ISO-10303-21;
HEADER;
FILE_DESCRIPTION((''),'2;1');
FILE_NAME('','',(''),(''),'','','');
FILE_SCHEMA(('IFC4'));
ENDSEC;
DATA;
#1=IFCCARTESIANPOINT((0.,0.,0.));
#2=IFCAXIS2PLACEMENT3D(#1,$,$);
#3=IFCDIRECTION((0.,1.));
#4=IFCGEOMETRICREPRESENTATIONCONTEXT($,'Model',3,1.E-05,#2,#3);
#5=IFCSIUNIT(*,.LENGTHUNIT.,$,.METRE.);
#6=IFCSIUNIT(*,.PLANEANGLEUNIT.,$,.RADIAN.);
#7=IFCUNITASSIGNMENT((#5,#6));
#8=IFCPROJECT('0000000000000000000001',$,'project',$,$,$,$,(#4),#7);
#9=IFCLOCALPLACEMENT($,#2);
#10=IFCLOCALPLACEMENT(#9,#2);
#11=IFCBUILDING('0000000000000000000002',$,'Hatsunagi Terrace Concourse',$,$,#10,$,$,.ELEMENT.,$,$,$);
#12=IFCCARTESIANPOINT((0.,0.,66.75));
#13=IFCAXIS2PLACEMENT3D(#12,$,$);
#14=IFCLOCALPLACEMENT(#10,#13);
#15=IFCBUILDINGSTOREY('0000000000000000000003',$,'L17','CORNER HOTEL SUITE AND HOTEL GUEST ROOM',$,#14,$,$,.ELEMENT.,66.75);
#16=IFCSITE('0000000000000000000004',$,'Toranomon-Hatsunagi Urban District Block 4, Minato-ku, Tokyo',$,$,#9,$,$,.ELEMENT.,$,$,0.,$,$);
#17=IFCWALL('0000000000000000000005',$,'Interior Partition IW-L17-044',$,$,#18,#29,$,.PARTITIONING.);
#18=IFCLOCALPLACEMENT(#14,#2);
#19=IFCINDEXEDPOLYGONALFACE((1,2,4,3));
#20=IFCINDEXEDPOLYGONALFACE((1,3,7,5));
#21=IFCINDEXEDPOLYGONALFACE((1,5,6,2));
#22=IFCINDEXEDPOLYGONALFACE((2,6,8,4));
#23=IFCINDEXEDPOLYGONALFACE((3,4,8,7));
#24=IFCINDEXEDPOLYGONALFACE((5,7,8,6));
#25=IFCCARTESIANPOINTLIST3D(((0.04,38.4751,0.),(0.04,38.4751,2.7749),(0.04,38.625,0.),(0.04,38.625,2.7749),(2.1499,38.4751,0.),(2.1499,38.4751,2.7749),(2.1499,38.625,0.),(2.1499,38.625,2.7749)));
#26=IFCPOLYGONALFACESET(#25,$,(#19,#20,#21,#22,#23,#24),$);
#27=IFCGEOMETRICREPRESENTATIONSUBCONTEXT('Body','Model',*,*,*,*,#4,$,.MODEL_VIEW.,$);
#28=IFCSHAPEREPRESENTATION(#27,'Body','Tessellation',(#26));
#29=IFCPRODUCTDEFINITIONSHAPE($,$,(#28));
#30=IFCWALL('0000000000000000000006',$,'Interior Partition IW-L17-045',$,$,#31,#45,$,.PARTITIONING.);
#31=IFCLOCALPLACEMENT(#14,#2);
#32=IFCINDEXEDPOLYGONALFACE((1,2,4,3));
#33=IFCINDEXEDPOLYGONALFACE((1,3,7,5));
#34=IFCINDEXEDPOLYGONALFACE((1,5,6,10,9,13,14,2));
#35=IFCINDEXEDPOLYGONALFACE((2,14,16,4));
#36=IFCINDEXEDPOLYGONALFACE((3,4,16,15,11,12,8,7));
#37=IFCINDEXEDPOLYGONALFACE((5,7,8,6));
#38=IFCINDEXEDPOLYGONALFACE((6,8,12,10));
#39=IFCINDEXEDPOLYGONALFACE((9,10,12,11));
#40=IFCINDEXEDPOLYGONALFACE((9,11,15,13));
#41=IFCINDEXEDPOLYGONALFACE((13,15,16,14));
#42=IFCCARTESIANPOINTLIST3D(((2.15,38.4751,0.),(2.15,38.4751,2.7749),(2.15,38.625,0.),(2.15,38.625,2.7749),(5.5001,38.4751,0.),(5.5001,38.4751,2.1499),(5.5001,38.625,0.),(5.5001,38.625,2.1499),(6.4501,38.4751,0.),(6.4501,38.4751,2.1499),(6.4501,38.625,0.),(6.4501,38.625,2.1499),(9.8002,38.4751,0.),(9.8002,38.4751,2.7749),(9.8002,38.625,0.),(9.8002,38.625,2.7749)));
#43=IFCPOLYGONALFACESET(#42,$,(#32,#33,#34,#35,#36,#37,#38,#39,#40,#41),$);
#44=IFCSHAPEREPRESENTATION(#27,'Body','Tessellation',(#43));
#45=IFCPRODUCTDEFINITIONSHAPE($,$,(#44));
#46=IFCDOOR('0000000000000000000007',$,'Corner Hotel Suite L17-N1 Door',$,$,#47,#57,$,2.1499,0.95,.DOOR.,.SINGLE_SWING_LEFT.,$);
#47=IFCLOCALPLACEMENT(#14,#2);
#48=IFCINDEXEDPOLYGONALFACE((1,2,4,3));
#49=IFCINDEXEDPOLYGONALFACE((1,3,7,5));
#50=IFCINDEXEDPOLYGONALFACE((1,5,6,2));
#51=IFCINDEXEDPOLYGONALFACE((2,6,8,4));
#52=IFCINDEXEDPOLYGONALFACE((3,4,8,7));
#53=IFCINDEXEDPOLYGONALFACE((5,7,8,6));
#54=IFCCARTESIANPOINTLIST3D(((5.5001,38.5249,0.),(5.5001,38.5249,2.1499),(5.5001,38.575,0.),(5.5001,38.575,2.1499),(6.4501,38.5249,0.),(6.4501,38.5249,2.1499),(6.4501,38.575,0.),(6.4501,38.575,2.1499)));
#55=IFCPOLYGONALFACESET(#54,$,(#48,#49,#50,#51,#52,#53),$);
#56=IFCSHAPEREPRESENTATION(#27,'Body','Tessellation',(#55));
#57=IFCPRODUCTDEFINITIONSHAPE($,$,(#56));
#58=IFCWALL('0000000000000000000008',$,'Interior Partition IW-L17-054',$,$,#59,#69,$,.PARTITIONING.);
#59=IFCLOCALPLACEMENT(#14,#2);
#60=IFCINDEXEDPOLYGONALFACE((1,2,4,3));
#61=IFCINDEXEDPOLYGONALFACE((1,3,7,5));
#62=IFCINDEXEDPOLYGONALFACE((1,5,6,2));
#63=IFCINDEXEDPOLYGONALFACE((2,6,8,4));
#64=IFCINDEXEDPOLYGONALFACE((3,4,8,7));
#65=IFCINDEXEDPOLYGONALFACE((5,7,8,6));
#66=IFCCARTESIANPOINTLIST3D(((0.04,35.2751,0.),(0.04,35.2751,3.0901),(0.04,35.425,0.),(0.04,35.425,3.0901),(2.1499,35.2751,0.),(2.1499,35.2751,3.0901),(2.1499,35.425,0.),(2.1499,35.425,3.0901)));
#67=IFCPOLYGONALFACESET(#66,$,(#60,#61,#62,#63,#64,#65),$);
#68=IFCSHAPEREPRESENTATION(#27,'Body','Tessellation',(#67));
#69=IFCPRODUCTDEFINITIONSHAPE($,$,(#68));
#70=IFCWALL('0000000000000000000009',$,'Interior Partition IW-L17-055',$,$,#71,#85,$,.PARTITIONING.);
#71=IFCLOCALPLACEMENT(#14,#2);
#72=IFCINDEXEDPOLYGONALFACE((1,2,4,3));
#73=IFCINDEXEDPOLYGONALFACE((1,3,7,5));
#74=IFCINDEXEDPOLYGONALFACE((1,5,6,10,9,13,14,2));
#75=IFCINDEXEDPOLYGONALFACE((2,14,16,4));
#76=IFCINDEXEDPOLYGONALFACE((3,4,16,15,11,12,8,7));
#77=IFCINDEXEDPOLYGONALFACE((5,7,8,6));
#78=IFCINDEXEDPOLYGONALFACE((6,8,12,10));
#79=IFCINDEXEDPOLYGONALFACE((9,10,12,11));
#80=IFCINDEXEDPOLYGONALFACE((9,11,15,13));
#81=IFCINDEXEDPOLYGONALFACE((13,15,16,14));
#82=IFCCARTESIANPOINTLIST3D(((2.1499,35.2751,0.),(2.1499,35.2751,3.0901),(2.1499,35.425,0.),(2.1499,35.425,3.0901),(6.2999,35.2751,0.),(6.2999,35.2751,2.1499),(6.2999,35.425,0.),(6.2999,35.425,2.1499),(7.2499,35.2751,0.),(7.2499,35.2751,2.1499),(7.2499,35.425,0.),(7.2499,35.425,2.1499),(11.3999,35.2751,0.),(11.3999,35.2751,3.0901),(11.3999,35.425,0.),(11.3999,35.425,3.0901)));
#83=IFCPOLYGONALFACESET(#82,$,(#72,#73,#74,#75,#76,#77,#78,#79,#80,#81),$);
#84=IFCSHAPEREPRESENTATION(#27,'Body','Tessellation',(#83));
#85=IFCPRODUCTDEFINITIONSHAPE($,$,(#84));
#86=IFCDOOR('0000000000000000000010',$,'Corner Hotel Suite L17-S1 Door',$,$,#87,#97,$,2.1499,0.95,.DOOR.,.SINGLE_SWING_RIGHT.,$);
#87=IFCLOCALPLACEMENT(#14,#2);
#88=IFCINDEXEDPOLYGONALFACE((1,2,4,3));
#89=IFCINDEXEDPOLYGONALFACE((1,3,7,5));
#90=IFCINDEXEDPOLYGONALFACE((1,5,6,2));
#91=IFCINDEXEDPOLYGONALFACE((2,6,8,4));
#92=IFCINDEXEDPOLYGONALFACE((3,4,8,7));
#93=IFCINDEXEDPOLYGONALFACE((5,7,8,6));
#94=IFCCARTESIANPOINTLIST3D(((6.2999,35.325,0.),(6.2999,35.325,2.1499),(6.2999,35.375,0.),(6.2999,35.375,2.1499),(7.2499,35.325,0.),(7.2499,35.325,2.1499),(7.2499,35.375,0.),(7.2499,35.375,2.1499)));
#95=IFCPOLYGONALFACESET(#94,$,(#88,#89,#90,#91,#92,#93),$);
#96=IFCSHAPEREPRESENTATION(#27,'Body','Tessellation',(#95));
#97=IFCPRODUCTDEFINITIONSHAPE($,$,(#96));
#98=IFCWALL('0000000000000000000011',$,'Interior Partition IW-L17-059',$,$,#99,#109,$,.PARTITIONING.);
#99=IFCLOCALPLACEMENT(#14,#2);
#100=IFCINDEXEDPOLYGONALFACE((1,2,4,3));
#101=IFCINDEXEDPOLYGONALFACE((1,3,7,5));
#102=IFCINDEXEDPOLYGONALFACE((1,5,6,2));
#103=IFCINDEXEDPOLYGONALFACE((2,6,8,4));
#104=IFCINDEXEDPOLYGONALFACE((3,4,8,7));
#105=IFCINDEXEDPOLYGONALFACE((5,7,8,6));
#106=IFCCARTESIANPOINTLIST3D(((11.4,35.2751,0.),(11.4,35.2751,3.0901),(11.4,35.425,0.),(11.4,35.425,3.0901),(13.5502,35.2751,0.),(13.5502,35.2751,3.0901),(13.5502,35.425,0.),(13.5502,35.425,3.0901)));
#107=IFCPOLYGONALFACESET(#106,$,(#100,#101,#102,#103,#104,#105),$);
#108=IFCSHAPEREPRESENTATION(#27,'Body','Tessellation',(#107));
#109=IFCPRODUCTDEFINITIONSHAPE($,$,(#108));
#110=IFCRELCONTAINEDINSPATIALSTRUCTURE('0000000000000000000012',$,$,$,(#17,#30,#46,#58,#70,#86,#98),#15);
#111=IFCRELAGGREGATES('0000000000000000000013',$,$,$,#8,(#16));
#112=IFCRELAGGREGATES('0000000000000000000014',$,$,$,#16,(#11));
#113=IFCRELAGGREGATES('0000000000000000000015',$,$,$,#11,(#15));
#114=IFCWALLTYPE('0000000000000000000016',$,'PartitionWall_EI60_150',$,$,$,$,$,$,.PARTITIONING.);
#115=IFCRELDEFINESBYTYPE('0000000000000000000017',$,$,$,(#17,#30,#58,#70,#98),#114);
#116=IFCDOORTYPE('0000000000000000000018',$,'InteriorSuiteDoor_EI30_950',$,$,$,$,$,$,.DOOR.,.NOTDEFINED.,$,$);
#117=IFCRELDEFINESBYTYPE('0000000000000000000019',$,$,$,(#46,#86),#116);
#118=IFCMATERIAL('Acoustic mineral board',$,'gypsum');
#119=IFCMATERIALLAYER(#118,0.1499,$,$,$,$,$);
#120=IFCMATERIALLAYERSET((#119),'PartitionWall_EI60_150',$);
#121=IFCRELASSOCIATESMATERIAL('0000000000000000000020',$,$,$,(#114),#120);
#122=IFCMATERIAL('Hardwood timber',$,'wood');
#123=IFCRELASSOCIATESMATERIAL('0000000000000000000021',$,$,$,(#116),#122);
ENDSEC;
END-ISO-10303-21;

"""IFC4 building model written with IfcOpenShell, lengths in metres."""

from ifc_helpers import new_model, si_unit, direction, frame, frame_2d, origin, place, context, subcontext, project, spatial, rectangle, extrude, material, layer, layer_set, type_object, element, fill, save


model = new_model("IFC4")

# Units and contexts
model_context = context("Model", 3, precision=1e-05, world=origin(), true_north=direction((0.0, 1.0)))
body_context = subcontext(model_context, "Body", "Model", "MODEL_VIEW")
ifc_project = project(units=[si_unit("LENGTHUNIT", "METRE"), si_unit("PLANEANGLEUNIT", "RADIAN")], contexts=[model_context])

# Site, building, storey
site_placement = place(None, origin())
site = spatial("IfcSite", under=ifc_project, at=site_placement, Name="Toranomon-Hatsunagi Urban District Block 4, Minato-ku, Tokyo", CompositionType="ELEMENT", RefElevation=0.0)
building_placement = place(site_placement, origin())
building = spatial("IfcBuilding", under=site, at=building_placement, Name="Hatsunagi Terrace Concourse", CompositionType="ELEMENT")
storey_placement = place(building_placement, frame((0.0, 0.0, 66.75)))
storey = spatial("IfcBuildingStorey", under=building, at=storey_placement, Name="L17", Description="CORNER HOTEL SUITE AND HOTEL GUEST ROOM", CompositionType="ELEMENT", Elevation=66.75)

# Wall
ifc_material_1 = material(Name="Acoustic mineral board", Category="gypsum")
ifc_layer_1 = layer(ifc_material_1, 0.1499)
ifc_layer_set_1 = layer_set([ifc_layer_1], Name="PartitionWall_EI60_150")
wall_type_1 = type_object("IfcWallType", Name="PartitionWall_EI60_150", PredefinedType="PARTITIONING", material=ifc_layer_set_1)
wall_1_placement = place(storey_placement, frame((0.04, 38.55, 0.0), z_axis=(0.0, 0.0, 1.0), x_axis=(1.0, 0.0, 0.0)))
element("IfcWall", 1, at=wall_1_placement, inside=storey, type_object=wall_type_1, Name="Interior Partition IW-L17-044", PredefinedType="PARTITIONING", context=body_context, shape_type="SweptSolid", body=[
    extrude(rectangle(XDim=2.1099, YDim=0.1499, at=frame_2d((1.0549, 0.0))), origin(), (0.0, 0.0, 1.0), 2.7749),
])

# Wall, opening, door
wall_2_placement = place(storey_placement, frame((2.1499, 38.55, 0.0), z_axis=(0.0, 0.0, 1.0), x_axis=(1.0, 0.0, 0.0)))
wall_2 = element("IfcWall", 2, at=wall_2_placement, inside=storey, type_object=wall_type_1, Name="Interior Partition IW-L17-045", PredefinedType="PARTITIONING", context=body_context, shape_type="SweptSolid", body=[
    extrude(rectangle(XDim=7.6501, YDim=0.1499, at=frame_2d((3.8252, 0.0))), origin(), (0.0, 0.0, 1.0), 2.7749),
])
opening_1_placement = place(wall_2_placement, frame((3.3501, 0.0, 0.0)))
opening_1 = element("IfcOpeningElement", 3, at=opening_1_placement, cuts=wall_2, PredefinedType="OPENING", context=body_context, shape_type="SweptSolid", body=[
    extrude(rectangle(XDim=0.95, YDim=2.1499, at=frame_2d((0.4751, 1.075))), frame((0.0, 0.085, 0.0), z_axis=(0.0, -1.0, 0.0), x_axis=(1.0, 0.0, 0.0)), (0.0, 0.0, 1.0), 0.1699),
])
ifc_material_2 = material(Name="Hardwood timber", Category="wood")
door_type_1 = type_object("IfcDoorType", Name="InteriorSuiteDoor_EI30_950", OperationType="NOTDEFINED", PredefinedType="DOOR", material=ifc_material_2)
door_1_placement = place(opening_1_placement, origin())
door_1 = element("IfcDoor", 4, at=door_1_placement, inside=storey, type_object=door_type_1, Name="Corner Hotel Suite L17-N1 Door", OperationType="SINGLE_SWING_LEFT", OverallHeight=2.1499, OverallWidth=0.95, PredefinedType="DOOR", context=body_context, shape_type="SweptSolid", body=[
    extrude(rectangle(XDim=0.95, YDim=2.1499, at=frame_2d((0.4751, 1.075))), frame((0.0, 0.0249, 0.0), z_axis=(0.0, -1.0, 0.0), x_axis=(1.0, 0.0, 0.0)), (0.0, 0.0, 1.0), 0.05),
])
fill(opening_1, door_1)

# Wall
wall_3_placement = place(storey_placement, frame((0.04, 35.3501, 0.0), z_axis=(0.0, 0.0, 1.0), x_axis=(1.0, 0.0, 0.0)))
element("IfcWall", 5, at=wall_3_placement, inside=storey, type_object=wall_type_1, Name="Interior Partition IW-L17-054", PredefinedType="PARTITIONING", context=body_context, shape_type="SweptSolid", body=[
    extrude(rectangle(XDim=2.1099, YDim=0.1499, at=frame_2d((1.0549, 0.0))), origin(), (0.0, 0.0, 1.0), 3.0901),
])

# Wall, opening, door
wall_4_placement = place(storey_placement, frame((2.1499, 35.3501, 0.0), z_axis=(0.0, 0.0, 1.0), x_axis=(1.0, 0.0, 0.0)))
wall_4 = element("IfcWall", 6, at=wall_4_placement, inside=storey, type_object=wall_type_1, Name="Interior Partition IW-L17-055", PredefinedType="PARTITIONING", context=body_context, shape_type="SweptSolid", body=[
    extrude(rectangle(XDim=9.25, YDim=0.1499, at=frame_2d((4.625, 0.0))), origin(), (0.0, 0.0, 1.0), 3.0901),
])
opening_2_placement = place(wall_4_placement, frame((4.1499, 0.0, 0.0)))
opening_2 = element("IfcOpeningElement", 7, at=opening_2_placement, cuts=wall_4, PredefinedType="OPENING", context=body_context, shape_type="SweptSolid", body=[
    extrude(rectangle(XDim=0.95, YDim=2.1499, at=frame_2d((0.4751, 1.075))), frame((0.0, 0.085, 0.0), z_axis=(0.0, -1.0, 0.0), x_axis=(1.0, 0.0, 0.0)), (0.0, 0.0, 1.0), 0.1699),
])
door_2_placement = place(opening_2_placement, origin())
door_2 = element("IfcDoor", 8, at=door_2_placement, inside=storey, type_object=door_type_1, Name="Corner Hotel Suite L17-S1 Door", OperationType="SINGLE_SWING_RIGHT", OverallHeight=2.1499, OverallWidth=0.95, PredefinedType="DOOR", context=body_context, shape_type="SweptSolid", body=[
    extrude(rectangle(XDim=0.95, YDim=2.1499, at=frame_2d((0.4751, 1.075))), frame((0.0, 0.0249, 0.0), z_axis=(0.0, -1.0, 0.0), x_axis=(1.0, 0.0, 0.0)), (0.0, 0.0, 1.0), 0.05),
])
fill(opening_2, door_2)

# Wall
wall_5_placement = place(storey_placement, frame((11.3999, 35.3501, 0.0), z_axis=(0.0, 0.0, 1.0), x_axis=(1.0, 0.0, 0.0)))
element("IfcWall", 9, at=wall_5_placement, inside=storey, type_object=wall_type_1, Name="Interior Partition IW-L17-059", PredefinedType="PARTITIONING", context=body_context, shape_type="SweptSolid", body=[
    extrude(rectangle(XDim=2.1501, YDim=0.1499, at=frame_2d((1.0752, 0.0))), origin(), (0.0, 0.0, 1.0), 3.0901),
])

save(model, "model.ifc")
